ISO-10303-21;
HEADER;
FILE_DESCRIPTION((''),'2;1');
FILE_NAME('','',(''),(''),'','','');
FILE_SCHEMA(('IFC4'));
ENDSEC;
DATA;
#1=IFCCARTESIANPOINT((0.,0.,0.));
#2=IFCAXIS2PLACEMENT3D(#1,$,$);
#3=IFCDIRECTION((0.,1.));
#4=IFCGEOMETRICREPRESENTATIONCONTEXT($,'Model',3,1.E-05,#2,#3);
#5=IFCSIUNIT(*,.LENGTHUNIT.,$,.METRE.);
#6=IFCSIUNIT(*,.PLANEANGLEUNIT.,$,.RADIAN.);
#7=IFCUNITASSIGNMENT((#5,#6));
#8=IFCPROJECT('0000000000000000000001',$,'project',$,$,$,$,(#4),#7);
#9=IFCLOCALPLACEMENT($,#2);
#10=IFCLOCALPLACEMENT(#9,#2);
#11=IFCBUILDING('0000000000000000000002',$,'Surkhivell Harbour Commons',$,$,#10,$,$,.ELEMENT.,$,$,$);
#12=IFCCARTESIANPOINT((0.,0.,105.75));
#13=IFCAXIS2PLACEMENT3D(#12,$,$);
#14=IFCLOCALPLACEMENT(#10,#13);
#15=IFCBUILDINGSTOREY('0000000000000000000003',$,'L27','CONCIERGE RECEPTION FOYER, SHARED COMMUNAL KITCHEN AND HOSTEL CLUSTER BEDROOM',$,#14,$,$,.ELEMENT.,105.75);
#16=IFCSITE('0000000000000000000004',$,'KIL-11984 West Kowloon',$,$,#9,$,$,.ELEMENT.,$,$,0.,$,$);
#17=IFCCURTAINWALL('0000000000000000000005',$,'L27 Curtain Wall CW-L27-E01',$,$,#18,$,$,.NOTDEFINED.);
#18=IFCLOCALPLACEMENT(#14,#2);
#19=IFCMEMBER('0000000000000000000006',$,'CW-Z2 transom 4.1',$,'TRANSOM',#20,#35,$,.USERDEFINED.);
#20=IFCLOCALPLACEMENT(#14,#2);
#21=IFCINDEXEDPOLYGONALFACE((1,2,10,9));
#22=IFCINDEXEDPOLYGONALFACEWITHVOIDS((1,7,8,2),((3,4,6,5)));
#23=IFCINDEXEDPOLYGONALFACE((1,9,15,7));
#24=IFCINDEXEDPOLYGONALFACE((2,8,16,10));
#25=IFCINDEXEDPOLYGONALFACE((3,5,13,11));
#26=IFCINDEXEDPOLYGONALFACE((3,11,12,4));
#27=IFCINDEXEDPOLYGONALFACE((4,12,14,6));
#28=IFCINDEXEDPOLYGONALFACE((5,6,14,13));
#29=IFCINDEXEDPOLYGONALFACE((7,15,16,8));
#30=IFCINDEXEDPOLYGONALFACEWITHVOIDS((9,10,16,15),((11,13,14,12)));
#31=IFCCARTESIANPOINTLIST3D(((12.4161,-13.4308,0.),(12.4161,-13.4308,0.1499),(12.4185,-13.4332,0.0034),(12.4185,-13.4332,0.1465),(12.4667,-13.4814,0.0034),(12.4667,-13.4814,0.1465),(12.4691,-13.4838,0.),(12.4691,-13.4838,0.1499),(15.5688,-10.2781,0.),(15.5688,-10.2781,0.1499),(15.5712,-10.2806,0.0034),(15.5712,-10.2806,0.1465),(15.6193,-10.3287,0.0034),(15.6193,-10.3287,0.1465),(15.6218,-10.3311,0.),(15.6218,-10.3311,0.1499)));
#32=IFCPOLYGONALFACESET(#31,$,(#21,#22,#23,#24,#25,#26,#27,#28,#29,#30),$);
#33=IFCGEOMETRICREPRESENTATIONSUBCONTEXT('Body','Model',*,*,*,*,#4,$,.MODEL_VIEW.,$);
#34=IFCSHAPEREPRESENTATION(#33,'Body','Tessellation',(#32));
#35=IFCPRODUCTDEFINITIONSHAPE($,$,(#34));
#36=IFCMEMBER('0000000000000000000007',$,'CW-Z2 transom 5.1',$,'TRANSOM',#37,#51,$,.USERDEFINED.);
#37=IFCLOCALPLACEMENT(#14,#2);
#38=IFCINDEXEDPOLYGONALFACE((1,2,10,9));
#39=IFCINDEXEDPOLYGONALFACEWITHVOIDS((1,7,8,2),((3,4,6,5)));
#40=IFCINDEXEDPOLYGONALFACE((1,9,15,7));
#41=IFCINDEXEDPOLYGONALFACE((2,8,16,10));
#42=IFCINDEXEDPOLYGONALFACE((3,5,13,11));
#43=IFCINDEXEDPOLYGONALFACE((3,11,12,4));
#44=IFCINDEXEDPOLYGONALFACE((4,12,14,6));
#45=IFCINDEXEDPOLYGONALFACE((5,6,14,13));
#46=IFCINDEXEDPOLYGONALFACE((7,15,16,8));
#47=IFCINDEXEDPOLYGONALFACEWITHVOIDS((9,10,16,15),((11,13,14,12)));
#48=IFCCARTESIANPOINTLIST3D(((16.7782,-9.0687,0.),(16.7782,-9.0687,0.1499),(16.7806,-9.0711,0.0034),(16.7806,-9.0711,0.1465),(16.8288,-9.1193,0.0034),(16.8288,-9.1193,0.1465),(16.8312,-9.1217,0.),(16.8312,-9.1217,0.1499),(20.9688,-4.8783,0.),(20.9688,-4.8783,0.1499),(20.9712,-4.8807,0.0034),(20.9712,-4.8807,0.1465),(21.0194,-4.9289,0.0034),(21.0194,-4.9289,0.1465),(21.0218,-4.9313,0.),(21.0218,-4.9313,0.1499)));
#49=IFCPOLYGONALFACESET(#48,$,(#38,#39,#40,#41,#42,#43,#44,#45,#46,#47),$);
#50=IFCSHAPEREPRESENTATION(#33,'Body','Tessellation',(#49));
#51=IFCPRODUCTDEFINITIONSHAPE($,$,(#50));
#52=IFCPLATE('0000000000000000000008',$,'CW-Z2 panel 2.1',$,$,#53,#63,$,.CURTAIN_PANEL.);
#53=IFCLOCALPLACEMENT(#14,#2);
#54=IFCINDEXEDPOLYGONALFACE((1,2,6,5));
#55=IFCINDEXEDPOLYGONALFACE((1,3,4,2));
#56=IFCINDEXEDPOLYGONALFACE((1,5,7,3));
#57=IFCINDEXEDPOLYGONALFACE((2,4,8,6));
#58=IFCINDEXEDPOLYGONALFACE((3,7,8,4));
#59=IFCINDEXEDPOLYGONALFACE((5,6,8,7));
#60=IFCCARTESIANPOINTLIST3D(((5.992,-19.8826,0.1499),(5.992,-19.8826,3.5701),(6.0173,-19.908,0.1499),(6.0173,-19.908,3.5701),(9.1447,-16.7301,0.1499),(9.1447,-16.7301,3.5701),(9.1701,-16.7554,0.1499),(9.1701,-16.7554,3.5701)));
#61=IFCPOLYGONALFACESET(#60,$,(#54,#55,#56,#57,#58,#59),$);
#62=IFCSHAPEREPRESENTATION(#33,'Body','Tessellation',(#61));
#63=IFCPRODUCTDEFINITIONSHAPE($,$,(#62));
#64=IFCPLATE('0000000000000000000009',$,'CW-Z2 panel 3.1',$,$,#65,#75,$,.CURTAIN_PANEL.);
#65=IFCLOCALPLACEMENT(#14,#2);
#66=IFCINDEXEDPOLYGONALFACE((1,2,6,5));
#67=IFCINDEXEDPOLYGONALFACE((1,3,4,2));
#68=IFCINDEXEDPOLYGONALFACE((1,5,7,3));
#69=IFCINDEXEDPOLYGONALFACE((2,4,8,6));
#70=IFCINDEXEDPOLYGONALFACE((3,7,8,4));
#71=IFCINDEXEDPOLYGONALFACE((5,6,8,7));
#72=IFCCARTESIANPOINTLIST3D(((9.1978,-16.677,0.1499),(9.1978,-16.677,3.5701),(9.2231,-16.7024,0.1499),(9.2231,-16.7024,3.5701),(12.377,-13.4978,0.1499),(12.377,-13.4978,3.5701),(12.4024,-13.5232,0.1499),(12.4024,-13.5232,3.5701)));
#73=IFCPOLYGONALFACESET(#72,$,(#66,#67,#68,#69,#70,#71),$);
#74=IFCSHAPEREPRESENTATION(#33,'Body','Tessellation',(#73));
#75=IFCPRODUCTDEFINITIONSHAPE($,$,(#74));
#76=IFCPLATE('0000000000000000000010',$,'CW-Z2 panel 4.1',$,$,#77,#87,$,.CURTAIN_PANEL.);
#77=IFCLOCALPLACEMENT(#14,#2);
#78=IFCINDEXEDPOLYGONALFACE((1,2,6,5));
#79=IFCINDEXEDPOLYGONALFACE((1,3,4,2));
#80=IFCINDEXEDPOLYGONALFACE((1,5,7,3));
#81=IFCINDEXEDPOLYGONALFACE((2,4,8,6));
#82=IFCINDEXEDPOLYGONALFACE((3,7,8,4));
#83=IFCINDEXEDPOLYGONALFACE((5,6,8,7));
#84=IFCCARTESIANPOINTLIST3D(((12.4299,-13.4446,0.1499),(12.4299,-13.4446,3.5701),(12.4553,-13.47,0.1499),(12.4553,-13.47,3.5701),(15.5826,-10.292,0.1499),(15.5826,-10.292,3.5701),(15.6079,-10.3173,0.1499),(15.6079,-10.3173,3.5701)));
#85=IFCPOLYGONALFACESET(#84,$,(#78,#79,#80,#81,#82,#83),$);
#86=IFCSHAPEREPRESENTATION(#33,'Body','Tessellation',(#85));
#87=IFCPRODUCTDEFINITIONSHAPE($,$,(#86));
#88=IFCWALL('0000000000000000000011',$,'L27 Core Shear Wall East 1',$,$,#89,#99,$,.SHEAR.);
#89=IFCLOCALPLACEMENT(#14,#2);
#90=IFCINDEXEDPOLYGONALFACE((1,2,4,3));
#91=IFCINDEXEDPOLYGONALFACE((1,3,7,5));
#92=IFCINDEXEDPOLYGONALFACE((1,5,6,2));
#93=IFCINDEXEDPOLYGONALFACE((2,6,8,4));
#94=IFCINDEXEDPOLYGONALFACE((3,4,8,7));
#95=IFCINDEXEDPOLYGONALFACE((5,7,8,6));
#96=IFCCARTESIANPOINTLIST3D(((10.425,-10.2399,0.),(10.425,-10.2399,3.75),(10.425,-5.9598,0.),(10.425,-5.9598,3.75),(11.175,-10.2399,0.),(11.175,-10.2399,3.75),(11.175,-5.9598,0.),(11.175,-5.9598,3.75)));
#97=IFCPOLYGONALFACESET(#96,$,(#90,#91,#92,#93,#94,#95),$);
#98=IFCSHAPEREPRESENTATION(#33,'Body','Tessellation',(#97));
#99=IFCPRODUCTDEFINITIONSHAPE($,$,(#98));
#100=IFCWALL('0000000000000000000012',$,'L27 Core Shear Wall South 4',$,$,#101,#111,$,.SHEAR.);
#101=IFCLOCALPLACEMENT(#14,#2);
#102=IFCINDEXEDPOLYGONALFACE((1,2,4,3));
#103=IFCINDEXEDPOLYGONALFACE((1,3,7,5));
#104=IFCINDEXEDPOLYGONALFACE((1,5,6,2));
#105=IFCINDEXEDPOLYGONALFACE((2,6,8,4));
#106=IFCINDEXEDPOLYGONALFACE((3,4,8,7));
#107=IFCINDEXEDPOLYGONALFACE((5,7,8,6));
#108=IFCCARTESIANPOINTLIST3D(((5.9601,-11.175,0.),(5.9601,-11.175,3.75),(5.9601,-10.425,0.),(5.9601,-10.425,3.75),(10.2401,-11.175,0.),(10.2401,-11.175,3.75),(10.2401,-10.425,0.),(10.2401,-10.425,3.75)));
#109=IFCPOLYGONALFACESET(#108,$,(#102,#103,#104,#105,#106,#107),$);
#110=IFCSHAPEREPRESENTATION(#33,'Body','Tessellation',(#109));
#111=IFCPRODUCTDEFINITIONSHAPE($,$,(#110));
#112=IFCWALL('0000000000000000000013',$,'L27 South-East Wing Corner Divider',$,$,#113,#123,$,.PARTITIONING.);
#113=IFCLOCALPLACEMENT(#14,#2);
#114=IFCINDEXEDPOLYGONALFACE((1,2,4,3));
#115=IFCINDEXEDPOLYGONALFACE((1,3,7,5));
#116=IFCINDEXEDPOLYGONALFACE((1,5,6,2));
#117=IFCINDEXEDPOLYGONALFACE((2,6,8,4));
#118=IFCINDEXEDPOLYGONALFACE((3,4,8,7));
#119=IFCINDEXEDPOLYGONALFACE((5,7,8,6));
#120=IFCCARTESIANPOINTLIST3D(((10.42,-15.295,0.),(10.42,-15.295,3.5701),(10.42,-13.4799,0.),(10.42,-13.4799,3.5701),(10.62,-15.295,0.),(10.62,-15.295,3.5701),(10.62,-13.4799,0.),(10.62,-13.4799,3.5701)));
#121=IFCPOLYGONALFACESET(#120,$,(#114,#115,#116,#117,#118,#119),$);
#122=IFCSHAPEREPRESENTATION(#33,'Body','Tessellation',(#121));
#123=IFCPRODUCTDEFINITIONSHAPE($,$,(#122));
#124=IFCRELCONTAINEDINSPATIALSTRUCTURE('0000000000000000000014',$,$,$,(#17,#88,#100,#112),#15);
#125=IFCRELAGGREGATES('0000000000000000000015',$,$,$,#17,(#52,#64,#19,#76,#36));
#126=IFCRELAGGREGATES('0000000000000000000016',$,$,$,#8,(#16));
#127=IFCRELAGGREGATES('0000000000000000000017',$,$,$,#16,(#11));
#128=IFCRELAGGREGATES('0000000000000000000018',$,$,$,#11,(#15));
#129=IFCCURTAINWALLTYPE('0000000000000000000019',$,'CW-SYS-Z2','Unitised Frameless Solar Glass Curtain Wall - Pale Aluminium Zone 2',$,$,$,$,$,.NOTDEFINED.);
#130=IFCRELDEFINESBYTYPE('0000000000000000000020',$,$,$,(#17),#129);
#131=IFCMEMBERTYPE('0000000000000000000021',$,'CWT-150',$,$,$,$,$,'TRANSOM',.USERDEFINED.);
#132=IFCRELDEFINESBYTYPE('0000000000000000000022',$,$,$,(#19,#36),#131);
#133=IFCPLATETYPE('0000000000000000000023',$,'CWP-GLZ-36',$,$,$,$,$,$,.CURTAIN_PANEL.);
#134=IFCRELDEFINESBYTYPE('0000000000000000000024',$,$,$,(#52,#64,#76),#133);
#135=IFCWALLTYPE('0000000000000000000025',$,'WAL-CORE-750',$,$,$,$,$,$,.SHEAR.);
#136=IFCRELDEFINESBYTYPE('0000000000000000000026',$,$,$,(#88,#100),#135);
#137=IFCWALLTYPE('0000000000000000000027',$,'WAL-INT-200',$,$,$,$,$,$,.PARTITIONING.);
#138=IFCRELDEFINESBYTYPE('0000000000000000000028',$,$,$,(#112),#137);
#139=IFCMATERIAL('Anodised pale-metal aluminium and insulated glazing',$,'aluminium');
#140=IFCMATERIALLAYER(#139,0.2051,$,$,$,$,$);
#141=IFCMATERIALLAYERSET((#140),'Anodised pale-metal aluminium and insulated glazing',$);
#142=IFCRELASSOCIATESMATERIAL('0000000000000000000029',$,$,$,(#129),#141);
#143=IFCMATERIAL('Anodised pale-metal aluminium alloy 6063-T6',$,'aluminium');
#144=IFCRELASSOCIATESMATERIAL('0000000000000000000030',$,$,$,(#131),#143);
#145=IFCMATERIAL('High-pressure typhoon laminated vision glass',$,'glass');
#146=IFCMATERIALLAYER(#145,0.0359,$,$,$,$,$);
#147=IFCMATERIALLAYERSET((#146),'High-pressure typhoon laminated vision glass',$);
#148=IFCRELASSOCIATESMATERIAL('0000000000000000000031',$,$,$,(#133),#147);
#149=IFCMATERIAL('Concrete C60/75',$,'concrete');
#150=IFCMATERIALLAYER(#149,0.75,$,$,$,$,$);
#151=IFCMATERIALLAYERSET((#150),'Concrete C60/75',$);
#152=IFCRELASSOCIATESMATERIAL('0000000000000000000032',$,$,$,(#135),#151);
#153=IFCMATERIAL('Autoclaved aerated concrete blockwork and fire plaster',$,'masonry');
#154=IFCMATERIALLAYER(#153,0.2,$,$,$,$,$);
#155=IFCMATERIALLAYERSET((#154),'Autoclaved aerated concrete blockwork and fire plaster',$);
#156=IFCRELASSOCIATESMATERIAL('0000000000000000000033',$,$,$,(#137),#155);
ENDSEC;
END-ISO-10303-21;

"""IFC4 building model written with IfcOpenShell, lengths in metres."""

from ifc_helpers import new_model, si_unit, direction, frame, frame_2d, origin, origin_2d, place, context, subcontext, project, spatial, rectangle, hollow_rectangle, extrude, material, layer, layer_set, material_profile, profile_set, type_object, element, aggregate, save


model = new_model("IFC4")

# Units and contexts
model_context = context("Model", 3, precision=1e-05, world=origin(), true_north=direction((0.0, 1.0)))
body_context = subcontext(model_context, "Body", "Model", "MODEL_VIEW")
ifc_project = project(units=[si_unit("LENGTHUNIT", "METRE"), si_unit("PLANEANGLEUNIT", "RADIAN")], contexts=[model_context])

# Site, building, storey
site_placement = place(None, origin())
site = spatial("IfcSite", under=ifc_project, at=site_placement, Name="KIL-11984 West Kowloon", CompositionType="ELEMENT", RefElevation=0.0)
building_placement = place(site_placement, origin())
building = spatial("IfcBuilding", under=site, at=building_placement, Name="Surkhivell Harbour Commons", CompositionType="ELEMENT")
storey_placement = place(building_placement, frame((0.0, 0.0, 105.75)))
storey = spatial("IfcBuildingStorey", under=building, at=storey_placement, Name="L27", Description="CONCIERGE RECEPTION FOYER, SHARED COMMUNAL KITCHEN AND HOSTEL CLUSTER BEDROOM", CompositionType="ELEMENT", Elevation=105.75)

# Shared definitions
ifc_material_1 = material(Name="Concrete C60/75", Category="concrete")

# Curtain wall, members, plates
ifc_material_2 = material(Name="Anodised pale-metal aluminium and insulated glazing", Category="aluminium")
ifc_layer_1 = layer(ifc_material_2, 0.2051)
ifc_layer_set_1 = layer_set([ifc_layer_1], Name="Anodised pale-metal aluminium and insulated glazing")
curtain_wall_type = type_object("IfcCurtainWallType", Name="CW-SYS-Z2", Description="Unitised Frameless Solar Glass Curtain Wall - Pale Aluminium Zone 2", PredefinedType="NOTDEFINED", material=ifc_layer_set_1)
curtain_wall_placement = place(storey_placement, origin())
curtain_wall = element("IfcCurtainWall", 1, at=curtain_wall_placement, inside=storey, type_object=curtain_wall_type, Name="L27 Curtain Wall CW-L27-E01", PredefinedType="NOTDEFINED")
ifc_material_3 = material(Name="Anodised pale-metal aluminium alloy 6063-T6", Category="aluminium")
ifc_material_profile_1 = material_profile(ifc_material_3, hollow_rectangle(XDim=0.075, YDim=0.1499, WallThickness=0.0034, at=origin_2d()), Name="ALU-TRAN-75x150")
ifc_profile_set_1 = profile_set([ifc_material_profile_1], Name="Anodised pale-metal aluminium alloy 6063-T6")
member_type_1 = type_object("IfcMemberType", Name="CWT-150", ElementType="TRANSOM", PredefinedType="USERDEFINED", material=ifc_profile_set_1)
member_1_placement = place(storey_placement, frame((12.4426, -13.4573, 0.075), z_axis=(0.707107, 0.707107, 0.0), x_axis=(-0.707107, 0.707107, 0.0)))
member_1 = element("IfcMember", 2, at=member_1_placement, type_object=member_type_1, Name="CW-Z2 transom 4.1", ObjectType="TRANSOM", PredefinedType="USERDEFINED", context=body_context, shape_type="SweptSolid", body=[
    extrude(hollow_rectangle(XDim=0.075, YDim=0.1499, WallThickness=0.0034, at=origin_2d()), origin(), (0.0, 0.0, 1.0), 4.4585),
])
member_2_placement = place(storey_placement, frame((16.8047, -9.0952, 0.075), z_axis=(0.707127, 0.707086, 0.0), x_axis=(-0.707086, 0.707127, 0.0)))
member_2 = element("IfcMember", 3, at=member_2_placement, type_object=member_type_1, Name="CW-Z2 transom 5.1", ObjectType="TRANSOM", PredefinedType="USERDEFINED", context=body_context, shape_type="SweptSolid", body=[
    extrude(hollow_rectangle(XDim=0.075, YDim=0.1499, WallThickness=0.0034, at=origin_2d()), origin(), (0.0, 0.0, 1.0), 5.9263),
])
ifc_material_4 = material(Name="High-pressure typhoon laminated vision glass", Category="glass")
ifc_layer_2 = layer(ifc_material_4, 0.0359)
ifc_layer_set_2 = layer_set([ifc_layer_2], Name="High-pressure typhoon laminated vision glass")
plate_type = type_object("IfcPlateType", Name="CWP-GLZ-36", PredefinedType="CURTAIN_PANEL", material=ifc_layer_set_2)
plate_1_placement = place(storey_placement, frame((6.0046, -19.8953, 0.1499), z_axis=(0.0, 0.0, 1.0), x_axis=(0.707134, 0.707079, 0.0)))
plate_1 = element("IfcPlate", 4, at=plate_1_placement, type_object=plate_type, Name="CW-Z2 panel 2.1", PredefinedType="CURTAIN_PANEL", context=body_context, shape_type="SweptSolid", body=[
    extrude(rectangle(XDim=4.4585, YDim=0.0359, at=frame_2d((2.2292, 0.0))), origin(), (0.0, 0.0, 1.0), 3.4202),
])
plate_2_placement = place(storey_placement, frame((9.2104, -16.6897, 0.1499), z_axis=(0.0, 0.0, 1.0), x_axis=(0.707107, 0.707107, 0.0)))
plate_2 = element("IfcPlate", 5, at=plate_2_placement, type_object=plate_type, Name="CW-Z2 panel 3.1", PredefinedType="CURTAIN_PANEL", context=body_context, shape_type="SweptSolid", body=[
    extrude(rectangle(XDim=4.4961, YDim=0.0359, at=frame_2d((2.248, 0.0))), origin(), (0.0, 0.0, 1.0), 3.4202),
])
plate_3_placement = place(storey_placement, frame((12.4426, -13.4573, 0.1499), z_axis=(0.0, 0.0, 1.0), x_axis=(0.707107, 0.707107, 0.0)))
plate_3 = element("IfcPlate", 6, at=plate_3_placement, type_object=plate_type, Name="CW-Z2 panel 4.1", PredefinedType="CURTAIN_PANEL", context=body_context, shape_type="SweptSolid", body=[
    extrude(rectangle(XDim=4.4585, YDim=0.0359, at=frame_2d((2.2292, 0.0))), origin(), (0.0, 0.0, 1.0), 3.4202),
])
aggregate(curtain_wall, [plate_1, plate_2, member_1, plate_3, member_2])

# Walls
ifc_layer_3 = layer(ifc_material_1, 0.75)
ifc_layer_set_3 = layer_set([ifc_layer_3], Name="Concrete C60/75")
wall_type_1 = type_object("IfcWallType", Name="WAL-CORE-750", PredefinedType="SHEAR", material=ifc_layer_set_3)
for number, where, z_axis, x_axis, name in (
    (7, (10.8, -10.24, 0.0), (0.0, 0.0, 1.0), (0.0, 1.0, 0.0), "L27 Core Shear Wall East 1"),
    (8, (5.96, -10.8, 0.0), (0.0, 0.0, 1.0), (1.0, 0.0, 0.0), "L27 Core Shear Wall South 4"),
):
    element("IfcWall", number, at=place(storey_placement, frame(where, z_axis=z_axis, x_axis=x_axis)), inside=storey, type_object=wall_type_1, Name=name, PredefinedType="SHEAR", context=body_context, shape_type="SweptSolid", body=[
        extrude(rectangle(XDim=4.28, YDim=0.75, at=frame_2d((2.1401, 0.0))), origin(), (0.0, 0.0, 1.0), 3.75),
    ])
ifc_material_5 = material(Name="Autoclaved aerated concrete blockwork and fire plaster", Category="masonry")
ifc_layer_4 = layer(ifc_material_5, 0.2)
ifc_layer_set_4 = layer_set([ifc_layer_4], Name="Autoclaved aerated concrete blockwork and fire plaster")
wall_type_2 = type_object("IfcWallType", Name="WAL-INT-200", PredefinedType="PARTITIONING", material=ifc_layer_set_4)
wall_1_placement = place(storey_placement, frame((10.52, -15.2952, 0.0), z_axis=(0.0, 0.0, 1.0), x_axis=(0.0, 1.0, 0.0)))
element("IfcWall", 9, at=wall_1_placement, inside=storey, type_object=wall_type_2, Name="L27 South-East Wing Corner Divider", PredefinedType="PARTITIONING", context=body_context, shape_type="SweptSolid", body=[
    extrude(rectangle(XDim=1.8152, YDim=0.2, at=frame_2d((0.9077, 0.0))), origin(), (0.0, 0.0, 1.0), 3.5701),
])

save(model, "model.ifc")
